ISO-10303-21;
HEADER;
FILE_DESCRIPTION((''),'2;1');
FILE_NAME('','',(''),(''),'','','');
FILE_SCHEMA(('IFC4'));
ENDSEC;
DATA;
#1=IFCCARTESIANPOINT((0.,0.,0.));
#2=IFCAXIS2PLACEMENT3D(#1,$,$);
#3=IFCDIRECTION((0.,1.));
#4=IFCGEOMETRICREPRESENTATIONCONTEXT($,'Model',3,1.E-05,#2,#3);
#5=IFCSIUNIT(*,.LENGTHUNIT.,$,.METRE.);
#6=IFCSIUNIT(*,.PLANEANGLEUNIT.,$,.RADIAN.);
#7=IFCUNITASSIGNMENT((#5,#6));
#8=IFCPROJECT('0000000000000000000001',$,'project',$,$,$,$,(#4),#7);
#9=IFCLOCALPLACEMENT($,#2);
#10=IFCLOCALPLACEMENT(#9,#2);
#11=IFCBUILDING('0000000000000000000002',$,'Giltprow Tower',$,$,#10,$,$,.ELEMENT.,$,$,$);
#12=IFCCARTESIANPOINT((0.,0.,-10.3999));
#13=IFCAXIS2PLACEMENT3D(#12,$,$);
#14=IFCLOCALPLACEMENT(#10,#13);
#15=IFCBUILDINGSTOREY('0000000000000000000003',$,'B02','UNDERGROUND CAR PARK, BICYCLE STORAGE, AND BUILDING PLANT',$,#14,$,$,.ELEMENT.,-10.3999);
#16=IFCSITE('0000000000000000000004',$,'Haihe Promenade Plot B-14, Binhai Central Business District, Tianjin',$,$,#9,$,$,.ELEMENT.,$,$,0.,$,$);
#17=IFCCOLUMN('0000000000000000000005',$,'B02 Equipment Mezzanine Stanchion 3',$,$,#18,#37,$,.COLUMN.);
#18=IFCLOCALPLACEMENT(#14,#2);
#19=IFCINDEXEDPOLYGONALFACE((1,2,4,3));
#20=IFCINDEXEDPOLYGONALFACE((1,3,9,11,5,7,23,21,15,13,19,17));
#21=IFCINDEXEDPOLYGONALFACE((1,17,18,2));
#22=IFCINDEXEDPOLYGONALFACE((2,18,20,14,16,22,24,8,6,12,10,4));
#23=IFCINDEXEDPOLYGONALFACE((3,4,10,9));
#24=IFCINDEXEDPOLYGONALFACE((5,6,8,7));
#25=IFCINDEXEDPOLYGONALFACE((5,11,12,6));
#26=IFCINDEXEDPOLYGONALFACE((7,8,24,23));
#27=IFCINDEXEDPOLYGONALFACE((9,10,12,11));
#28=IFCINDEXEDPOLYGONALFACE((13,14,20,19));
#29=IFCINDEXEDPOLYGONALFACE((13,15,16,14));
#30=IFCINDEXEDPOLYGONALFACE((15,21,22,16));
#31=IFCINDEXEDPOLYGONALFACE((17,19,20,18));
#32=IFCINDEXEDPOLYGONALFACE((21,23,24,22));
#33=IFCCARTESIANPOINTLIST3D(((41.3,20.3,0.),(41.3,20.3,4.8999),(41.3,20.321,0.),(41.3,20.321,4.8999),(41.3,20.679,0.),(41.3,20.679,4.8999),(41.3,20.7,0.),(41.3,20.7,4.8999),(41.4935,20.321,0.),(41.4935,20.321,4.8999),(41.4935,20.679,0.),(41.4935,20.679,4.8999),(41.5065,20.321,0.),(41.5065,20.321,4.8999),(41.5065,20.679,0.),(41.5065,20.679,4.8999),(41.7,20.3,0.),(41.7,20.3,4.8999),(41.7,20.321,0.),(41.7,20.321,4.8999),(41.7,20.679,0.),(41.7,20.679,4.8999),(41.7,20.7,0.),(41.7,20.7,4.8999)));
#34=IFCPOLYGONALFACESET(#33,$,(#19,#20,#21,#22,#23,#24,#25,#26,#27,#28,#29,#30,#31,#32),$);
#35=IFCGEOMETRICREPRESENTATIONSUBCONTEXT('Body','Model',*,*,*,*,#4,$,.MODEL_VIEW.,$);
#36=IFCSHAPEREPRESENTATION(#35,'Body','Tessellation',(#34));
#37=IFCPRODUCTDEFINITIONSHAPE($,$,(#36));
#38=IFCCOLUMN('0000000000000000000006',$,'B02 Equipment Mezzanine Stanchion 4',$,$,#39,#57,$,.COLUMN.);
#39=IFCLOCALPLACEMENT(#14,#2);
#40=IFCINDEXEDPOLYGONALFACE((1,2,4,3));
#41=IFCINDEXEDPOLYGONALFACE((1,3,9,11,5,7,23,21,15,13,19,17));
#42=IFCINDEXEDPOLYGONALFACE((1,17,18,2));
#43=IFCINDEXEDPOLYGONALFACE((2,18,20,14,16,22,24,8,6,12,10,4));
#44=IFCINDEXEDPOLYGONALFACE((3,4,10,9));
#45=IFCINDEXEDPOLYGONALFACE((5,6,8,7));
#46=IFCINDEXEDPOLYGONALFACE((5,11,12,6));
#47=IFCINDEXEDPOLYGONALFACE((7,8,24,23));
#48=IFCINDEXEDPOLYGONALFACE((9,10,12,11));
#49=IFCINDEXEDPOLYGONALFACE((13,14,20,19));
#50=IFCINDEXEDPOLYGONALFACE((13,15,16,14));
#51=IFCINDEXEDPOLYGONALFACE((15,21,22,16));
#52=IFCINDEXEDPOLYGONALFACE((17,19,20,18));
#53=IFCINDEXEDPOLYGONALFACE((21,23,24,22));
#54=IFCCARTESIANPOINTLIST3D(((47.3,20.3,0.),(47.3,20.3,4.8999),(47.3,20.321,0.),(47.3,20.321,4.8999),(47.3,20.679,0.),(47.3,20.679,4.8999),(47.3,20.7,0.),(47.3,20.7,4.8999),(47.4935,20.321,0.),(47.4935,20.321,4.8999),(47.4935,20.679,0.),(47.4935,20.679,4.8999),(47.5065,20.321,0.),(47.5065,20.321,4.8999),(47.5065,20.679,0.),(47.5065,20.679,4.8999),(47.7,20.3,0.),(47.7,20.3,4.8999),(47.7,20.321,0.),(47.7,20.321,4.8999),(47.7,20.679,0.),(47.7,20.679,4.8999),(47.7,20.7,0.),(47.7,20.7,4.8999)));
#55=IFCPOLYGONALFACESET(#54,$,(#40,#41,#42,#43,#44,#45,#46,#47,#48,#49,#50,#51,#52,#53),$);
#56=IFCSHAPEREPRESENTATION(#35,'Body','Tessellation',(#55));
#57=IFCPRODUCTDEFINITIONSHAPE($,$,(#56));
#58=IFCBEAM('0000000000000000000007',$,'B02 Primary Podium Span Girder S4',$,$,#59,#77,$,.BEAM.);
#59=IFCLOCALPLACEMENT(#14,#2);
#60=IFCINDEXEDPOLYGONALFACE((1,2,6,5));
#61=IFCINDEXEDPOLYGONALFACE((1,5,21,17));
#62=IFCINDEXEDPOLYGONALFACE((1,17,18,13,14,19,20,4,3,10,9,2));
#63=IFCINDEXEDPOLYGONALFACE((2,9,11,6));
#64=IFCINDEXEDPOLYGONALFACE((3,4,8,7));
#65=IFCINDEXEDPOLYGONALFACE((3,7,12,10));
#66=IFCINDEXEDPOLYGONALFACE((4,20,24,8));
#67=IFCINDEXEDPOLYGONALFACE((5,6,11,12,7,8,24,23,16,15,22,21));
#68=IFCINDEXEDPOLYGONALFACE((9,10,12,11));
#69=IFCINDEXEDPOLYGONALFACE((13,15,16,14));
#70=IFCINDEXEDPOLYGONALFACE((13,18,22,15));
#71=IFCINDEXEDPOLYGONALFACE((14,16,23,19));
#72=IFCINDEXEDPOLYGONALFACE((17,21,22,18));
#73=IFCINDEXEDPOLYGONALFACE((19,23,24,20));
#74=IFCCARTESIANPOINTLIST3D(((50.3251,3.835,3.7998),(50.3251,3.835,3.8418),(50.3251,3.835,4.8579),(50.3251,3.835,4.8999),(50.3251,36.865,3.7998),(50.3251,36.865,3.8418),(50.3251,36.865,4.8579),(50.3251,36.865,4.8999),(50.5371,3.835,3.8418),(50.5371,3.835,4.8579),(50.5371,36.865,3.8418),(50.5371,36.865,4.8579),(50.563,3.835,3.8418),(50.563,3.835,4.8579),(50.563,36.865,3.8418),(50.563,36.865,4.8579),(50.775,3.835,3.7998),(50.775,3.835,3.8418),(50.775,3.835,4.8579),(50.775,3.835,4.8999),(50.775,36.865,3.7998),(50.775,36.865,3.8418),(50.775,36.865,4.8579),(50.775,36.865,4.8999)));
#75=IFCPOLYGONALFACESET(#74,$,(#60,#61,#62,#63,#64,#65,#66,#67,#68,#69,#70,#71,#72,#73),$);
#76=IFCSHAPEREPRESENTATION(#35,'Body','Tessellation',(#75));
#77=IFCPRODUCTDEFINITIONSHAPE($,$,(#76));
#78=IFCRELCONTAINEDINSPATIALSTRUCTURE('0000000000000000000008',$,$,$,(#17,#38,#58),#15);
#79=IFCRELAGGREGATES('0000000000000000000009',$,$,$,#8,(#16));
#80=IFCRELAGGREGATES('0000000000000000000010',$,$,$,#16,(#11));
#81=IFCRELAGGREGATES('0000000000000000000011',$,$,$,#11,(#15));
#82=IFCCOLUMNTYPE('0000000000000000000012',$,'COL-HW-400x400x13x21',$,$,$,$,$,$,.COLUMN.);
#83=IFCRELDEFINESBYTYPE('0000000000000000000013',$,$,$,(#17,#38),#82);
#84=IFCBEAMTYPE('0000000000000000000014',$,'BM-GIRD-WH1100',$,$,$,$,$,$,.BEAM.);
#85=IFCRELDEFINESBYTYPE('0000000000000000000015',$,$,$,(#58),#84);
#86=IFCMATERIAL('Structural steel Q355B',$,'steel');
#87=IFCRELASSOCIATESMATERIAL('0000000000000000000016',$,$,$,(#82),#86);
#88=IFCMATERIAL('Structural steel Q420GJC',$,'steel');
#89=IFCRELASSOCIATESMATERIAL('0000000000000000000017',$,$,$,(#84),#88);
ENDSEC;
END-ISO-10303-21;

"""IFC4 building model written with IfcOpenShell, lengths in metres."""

from ifc_helpers import new_model, si_unit, direction, frame, origin, origin_2d, place, context, subcontext, project, spatial, i_section, extrude, source, transform, mapped, material, material_profile, profile_set, type_object, element, save


model = new_model("IFC4")

# Units and contexts
model_context = context("Model", 3, precision=1e-05, world=origin(), true_north=direction((0.0, 1.0)))
body_context = subcontext(model_context, "Body", "Model", "MODEL_VIEW")
ifc_project = project(units=[si_unit("LENGTHUNIT", "METRE"), si_unit("PLANEANGLEUNIT", "RADIAN")], contexts=[model_context])

# Site, building, storey
site_placement = place(None, origin())
site = spatial("IfcSite", under=ifc_project, at=site_placement, Name="Haihe Promenade Plot B-14, Binhai Central Business District, Tianjin", CompositionType="ELEMENT", RefElevation=0.0)
building_placement = place(site_placement, origin())
building = spatial("IfcBuilding", under=site, at=building_placement, Name="Giltprow Tower", CompositionType="ELEMENT")
storey_placement = place(building_placement, frame((0.0, 0.0, -10.3999)))
storey = spatial("IfcBuildingStorey", under=building, at=storey_placement, Name="B02", Description="UNDERGROUND CAR PARK, BICYCLE STORAGE, AND BUILDING PLANT", CompositionType="ELEMENT", Elevation=-10.3999)

# Columns
ifc_material_1 = material(Name="Structural steel Q355B", Category="steel")
ifc_material_profile_1 = material_profile(ifc_material_1, i_section(OverallWidth=0.3999, OverallDepth=0.3999, WebThickness=0.0129, FlangeThickness=0.021, at=origin_2d()), Name="HW 400x400x13x21")
ifc_profile_set_1 = profile_set([ifc_material_profile_1], Name="Structural steel Q355B")
column_type = type_object("IfcColumnType", Name="COL-HW-400x400x13x21", PredefinedType="COLUMN", material=ifc_profile_set_1)
shared_shape_1 = source(origin(), body_context, "Body", "SweptSolid", [
    extrude(i_section(OverallWidth=0.3999, OverallDepth=0.3999, WebThickness=0.0129, FlangeThickness=0.021, at=origin_2d()), origin(), (0.0, 0.0, 1.0), 4.8999),
])
for number, where, z_axis, x_axis, name in (
    (1, (41.5, 20.5, 0.0), (0.0, 0.0, 1.0), (1.0, 0.0, 0.0), "B02 Equipment Mezzanine Stanchion 3"),
    (2, (47.5, 20.5, 0.0), (0.0, 0.0, 1.0), (1.0, 0.0, 0.0), "B02 Equipment Mezzanine Stanchion 4"),
):
    element("IfcColumn", number, at=place(storey_placement, frame(where, z_axis=z_axis, x_axis=x_axis)), inside=storey, type_object=column_type, Name=name, PredefinedType="COLUMN", context=body_context, shape_type="MappedRepresentation", body=[
        mapped(shared_shape_1, transform((0.0, 0.0, 0.0), x_axis=(1.0, 0.0, 0.0), y_axis=(0.0, 1.0, 0.0), z_axis=(0.0, 0.0, 1.0), scale=1.0)),
    ])

# Beam
ifc_material_2 = material(Name="Structural steel Q420GJC", Category="steel")
ifc_material_profile_2 = material_profile(ifc_material_2, i_section(OverallWidth=0.45, OverallDepth=1.1001, WebThickness=0.0259, FlangeThickness=0.042, at=origin_2d()), Name="WH 1100x450x26x42")
ifc_profile_set_2 = profile_set([ifc_material_profile_2], Name="Structural steel Q420GJC")
beam_type = type_object("IfcBeamType", Name="BM-GIRD-WH1100", PredefinedType="BEAM", material=ifc_profile_set_2)
shared_shape_2 = source(origin(), body_context, "Body", "SweptSolid", [
    extrude(i_section(OverallWidth=0.45, OverallDepth=1.1001, WebThickness=0.0259, FlangeThickness=0.042, at=origin_2d()), origin(), (0.0, 0.0, 1.0), 33.03),
])
beam_placement = place(storey_placement, frame((50.55, 3.835, 4.3499), z_axis=(0.0, 1.0, 0.0), x_axis=(-1.0, 0.0, 0.0)))
element("IfcBeam", 3, at=beam_placement, inside=storey, type_object=beam_type, Name="B02 Primary Podium Span Girder S4", PredefinedType="BEAM", context=body_context, shape_type="MappedRepresentation", body=[
    mapped(shared_shape_2, transform((0.0, 0.0, 0.0), x_axis=(1.0, 0.0, 0.0), y_axis=(0.0, 1.0, 0.0), z_axis=(0.0, 0.0, 1.0), scale=1.0)),
])

save(model, "model.ifc")
